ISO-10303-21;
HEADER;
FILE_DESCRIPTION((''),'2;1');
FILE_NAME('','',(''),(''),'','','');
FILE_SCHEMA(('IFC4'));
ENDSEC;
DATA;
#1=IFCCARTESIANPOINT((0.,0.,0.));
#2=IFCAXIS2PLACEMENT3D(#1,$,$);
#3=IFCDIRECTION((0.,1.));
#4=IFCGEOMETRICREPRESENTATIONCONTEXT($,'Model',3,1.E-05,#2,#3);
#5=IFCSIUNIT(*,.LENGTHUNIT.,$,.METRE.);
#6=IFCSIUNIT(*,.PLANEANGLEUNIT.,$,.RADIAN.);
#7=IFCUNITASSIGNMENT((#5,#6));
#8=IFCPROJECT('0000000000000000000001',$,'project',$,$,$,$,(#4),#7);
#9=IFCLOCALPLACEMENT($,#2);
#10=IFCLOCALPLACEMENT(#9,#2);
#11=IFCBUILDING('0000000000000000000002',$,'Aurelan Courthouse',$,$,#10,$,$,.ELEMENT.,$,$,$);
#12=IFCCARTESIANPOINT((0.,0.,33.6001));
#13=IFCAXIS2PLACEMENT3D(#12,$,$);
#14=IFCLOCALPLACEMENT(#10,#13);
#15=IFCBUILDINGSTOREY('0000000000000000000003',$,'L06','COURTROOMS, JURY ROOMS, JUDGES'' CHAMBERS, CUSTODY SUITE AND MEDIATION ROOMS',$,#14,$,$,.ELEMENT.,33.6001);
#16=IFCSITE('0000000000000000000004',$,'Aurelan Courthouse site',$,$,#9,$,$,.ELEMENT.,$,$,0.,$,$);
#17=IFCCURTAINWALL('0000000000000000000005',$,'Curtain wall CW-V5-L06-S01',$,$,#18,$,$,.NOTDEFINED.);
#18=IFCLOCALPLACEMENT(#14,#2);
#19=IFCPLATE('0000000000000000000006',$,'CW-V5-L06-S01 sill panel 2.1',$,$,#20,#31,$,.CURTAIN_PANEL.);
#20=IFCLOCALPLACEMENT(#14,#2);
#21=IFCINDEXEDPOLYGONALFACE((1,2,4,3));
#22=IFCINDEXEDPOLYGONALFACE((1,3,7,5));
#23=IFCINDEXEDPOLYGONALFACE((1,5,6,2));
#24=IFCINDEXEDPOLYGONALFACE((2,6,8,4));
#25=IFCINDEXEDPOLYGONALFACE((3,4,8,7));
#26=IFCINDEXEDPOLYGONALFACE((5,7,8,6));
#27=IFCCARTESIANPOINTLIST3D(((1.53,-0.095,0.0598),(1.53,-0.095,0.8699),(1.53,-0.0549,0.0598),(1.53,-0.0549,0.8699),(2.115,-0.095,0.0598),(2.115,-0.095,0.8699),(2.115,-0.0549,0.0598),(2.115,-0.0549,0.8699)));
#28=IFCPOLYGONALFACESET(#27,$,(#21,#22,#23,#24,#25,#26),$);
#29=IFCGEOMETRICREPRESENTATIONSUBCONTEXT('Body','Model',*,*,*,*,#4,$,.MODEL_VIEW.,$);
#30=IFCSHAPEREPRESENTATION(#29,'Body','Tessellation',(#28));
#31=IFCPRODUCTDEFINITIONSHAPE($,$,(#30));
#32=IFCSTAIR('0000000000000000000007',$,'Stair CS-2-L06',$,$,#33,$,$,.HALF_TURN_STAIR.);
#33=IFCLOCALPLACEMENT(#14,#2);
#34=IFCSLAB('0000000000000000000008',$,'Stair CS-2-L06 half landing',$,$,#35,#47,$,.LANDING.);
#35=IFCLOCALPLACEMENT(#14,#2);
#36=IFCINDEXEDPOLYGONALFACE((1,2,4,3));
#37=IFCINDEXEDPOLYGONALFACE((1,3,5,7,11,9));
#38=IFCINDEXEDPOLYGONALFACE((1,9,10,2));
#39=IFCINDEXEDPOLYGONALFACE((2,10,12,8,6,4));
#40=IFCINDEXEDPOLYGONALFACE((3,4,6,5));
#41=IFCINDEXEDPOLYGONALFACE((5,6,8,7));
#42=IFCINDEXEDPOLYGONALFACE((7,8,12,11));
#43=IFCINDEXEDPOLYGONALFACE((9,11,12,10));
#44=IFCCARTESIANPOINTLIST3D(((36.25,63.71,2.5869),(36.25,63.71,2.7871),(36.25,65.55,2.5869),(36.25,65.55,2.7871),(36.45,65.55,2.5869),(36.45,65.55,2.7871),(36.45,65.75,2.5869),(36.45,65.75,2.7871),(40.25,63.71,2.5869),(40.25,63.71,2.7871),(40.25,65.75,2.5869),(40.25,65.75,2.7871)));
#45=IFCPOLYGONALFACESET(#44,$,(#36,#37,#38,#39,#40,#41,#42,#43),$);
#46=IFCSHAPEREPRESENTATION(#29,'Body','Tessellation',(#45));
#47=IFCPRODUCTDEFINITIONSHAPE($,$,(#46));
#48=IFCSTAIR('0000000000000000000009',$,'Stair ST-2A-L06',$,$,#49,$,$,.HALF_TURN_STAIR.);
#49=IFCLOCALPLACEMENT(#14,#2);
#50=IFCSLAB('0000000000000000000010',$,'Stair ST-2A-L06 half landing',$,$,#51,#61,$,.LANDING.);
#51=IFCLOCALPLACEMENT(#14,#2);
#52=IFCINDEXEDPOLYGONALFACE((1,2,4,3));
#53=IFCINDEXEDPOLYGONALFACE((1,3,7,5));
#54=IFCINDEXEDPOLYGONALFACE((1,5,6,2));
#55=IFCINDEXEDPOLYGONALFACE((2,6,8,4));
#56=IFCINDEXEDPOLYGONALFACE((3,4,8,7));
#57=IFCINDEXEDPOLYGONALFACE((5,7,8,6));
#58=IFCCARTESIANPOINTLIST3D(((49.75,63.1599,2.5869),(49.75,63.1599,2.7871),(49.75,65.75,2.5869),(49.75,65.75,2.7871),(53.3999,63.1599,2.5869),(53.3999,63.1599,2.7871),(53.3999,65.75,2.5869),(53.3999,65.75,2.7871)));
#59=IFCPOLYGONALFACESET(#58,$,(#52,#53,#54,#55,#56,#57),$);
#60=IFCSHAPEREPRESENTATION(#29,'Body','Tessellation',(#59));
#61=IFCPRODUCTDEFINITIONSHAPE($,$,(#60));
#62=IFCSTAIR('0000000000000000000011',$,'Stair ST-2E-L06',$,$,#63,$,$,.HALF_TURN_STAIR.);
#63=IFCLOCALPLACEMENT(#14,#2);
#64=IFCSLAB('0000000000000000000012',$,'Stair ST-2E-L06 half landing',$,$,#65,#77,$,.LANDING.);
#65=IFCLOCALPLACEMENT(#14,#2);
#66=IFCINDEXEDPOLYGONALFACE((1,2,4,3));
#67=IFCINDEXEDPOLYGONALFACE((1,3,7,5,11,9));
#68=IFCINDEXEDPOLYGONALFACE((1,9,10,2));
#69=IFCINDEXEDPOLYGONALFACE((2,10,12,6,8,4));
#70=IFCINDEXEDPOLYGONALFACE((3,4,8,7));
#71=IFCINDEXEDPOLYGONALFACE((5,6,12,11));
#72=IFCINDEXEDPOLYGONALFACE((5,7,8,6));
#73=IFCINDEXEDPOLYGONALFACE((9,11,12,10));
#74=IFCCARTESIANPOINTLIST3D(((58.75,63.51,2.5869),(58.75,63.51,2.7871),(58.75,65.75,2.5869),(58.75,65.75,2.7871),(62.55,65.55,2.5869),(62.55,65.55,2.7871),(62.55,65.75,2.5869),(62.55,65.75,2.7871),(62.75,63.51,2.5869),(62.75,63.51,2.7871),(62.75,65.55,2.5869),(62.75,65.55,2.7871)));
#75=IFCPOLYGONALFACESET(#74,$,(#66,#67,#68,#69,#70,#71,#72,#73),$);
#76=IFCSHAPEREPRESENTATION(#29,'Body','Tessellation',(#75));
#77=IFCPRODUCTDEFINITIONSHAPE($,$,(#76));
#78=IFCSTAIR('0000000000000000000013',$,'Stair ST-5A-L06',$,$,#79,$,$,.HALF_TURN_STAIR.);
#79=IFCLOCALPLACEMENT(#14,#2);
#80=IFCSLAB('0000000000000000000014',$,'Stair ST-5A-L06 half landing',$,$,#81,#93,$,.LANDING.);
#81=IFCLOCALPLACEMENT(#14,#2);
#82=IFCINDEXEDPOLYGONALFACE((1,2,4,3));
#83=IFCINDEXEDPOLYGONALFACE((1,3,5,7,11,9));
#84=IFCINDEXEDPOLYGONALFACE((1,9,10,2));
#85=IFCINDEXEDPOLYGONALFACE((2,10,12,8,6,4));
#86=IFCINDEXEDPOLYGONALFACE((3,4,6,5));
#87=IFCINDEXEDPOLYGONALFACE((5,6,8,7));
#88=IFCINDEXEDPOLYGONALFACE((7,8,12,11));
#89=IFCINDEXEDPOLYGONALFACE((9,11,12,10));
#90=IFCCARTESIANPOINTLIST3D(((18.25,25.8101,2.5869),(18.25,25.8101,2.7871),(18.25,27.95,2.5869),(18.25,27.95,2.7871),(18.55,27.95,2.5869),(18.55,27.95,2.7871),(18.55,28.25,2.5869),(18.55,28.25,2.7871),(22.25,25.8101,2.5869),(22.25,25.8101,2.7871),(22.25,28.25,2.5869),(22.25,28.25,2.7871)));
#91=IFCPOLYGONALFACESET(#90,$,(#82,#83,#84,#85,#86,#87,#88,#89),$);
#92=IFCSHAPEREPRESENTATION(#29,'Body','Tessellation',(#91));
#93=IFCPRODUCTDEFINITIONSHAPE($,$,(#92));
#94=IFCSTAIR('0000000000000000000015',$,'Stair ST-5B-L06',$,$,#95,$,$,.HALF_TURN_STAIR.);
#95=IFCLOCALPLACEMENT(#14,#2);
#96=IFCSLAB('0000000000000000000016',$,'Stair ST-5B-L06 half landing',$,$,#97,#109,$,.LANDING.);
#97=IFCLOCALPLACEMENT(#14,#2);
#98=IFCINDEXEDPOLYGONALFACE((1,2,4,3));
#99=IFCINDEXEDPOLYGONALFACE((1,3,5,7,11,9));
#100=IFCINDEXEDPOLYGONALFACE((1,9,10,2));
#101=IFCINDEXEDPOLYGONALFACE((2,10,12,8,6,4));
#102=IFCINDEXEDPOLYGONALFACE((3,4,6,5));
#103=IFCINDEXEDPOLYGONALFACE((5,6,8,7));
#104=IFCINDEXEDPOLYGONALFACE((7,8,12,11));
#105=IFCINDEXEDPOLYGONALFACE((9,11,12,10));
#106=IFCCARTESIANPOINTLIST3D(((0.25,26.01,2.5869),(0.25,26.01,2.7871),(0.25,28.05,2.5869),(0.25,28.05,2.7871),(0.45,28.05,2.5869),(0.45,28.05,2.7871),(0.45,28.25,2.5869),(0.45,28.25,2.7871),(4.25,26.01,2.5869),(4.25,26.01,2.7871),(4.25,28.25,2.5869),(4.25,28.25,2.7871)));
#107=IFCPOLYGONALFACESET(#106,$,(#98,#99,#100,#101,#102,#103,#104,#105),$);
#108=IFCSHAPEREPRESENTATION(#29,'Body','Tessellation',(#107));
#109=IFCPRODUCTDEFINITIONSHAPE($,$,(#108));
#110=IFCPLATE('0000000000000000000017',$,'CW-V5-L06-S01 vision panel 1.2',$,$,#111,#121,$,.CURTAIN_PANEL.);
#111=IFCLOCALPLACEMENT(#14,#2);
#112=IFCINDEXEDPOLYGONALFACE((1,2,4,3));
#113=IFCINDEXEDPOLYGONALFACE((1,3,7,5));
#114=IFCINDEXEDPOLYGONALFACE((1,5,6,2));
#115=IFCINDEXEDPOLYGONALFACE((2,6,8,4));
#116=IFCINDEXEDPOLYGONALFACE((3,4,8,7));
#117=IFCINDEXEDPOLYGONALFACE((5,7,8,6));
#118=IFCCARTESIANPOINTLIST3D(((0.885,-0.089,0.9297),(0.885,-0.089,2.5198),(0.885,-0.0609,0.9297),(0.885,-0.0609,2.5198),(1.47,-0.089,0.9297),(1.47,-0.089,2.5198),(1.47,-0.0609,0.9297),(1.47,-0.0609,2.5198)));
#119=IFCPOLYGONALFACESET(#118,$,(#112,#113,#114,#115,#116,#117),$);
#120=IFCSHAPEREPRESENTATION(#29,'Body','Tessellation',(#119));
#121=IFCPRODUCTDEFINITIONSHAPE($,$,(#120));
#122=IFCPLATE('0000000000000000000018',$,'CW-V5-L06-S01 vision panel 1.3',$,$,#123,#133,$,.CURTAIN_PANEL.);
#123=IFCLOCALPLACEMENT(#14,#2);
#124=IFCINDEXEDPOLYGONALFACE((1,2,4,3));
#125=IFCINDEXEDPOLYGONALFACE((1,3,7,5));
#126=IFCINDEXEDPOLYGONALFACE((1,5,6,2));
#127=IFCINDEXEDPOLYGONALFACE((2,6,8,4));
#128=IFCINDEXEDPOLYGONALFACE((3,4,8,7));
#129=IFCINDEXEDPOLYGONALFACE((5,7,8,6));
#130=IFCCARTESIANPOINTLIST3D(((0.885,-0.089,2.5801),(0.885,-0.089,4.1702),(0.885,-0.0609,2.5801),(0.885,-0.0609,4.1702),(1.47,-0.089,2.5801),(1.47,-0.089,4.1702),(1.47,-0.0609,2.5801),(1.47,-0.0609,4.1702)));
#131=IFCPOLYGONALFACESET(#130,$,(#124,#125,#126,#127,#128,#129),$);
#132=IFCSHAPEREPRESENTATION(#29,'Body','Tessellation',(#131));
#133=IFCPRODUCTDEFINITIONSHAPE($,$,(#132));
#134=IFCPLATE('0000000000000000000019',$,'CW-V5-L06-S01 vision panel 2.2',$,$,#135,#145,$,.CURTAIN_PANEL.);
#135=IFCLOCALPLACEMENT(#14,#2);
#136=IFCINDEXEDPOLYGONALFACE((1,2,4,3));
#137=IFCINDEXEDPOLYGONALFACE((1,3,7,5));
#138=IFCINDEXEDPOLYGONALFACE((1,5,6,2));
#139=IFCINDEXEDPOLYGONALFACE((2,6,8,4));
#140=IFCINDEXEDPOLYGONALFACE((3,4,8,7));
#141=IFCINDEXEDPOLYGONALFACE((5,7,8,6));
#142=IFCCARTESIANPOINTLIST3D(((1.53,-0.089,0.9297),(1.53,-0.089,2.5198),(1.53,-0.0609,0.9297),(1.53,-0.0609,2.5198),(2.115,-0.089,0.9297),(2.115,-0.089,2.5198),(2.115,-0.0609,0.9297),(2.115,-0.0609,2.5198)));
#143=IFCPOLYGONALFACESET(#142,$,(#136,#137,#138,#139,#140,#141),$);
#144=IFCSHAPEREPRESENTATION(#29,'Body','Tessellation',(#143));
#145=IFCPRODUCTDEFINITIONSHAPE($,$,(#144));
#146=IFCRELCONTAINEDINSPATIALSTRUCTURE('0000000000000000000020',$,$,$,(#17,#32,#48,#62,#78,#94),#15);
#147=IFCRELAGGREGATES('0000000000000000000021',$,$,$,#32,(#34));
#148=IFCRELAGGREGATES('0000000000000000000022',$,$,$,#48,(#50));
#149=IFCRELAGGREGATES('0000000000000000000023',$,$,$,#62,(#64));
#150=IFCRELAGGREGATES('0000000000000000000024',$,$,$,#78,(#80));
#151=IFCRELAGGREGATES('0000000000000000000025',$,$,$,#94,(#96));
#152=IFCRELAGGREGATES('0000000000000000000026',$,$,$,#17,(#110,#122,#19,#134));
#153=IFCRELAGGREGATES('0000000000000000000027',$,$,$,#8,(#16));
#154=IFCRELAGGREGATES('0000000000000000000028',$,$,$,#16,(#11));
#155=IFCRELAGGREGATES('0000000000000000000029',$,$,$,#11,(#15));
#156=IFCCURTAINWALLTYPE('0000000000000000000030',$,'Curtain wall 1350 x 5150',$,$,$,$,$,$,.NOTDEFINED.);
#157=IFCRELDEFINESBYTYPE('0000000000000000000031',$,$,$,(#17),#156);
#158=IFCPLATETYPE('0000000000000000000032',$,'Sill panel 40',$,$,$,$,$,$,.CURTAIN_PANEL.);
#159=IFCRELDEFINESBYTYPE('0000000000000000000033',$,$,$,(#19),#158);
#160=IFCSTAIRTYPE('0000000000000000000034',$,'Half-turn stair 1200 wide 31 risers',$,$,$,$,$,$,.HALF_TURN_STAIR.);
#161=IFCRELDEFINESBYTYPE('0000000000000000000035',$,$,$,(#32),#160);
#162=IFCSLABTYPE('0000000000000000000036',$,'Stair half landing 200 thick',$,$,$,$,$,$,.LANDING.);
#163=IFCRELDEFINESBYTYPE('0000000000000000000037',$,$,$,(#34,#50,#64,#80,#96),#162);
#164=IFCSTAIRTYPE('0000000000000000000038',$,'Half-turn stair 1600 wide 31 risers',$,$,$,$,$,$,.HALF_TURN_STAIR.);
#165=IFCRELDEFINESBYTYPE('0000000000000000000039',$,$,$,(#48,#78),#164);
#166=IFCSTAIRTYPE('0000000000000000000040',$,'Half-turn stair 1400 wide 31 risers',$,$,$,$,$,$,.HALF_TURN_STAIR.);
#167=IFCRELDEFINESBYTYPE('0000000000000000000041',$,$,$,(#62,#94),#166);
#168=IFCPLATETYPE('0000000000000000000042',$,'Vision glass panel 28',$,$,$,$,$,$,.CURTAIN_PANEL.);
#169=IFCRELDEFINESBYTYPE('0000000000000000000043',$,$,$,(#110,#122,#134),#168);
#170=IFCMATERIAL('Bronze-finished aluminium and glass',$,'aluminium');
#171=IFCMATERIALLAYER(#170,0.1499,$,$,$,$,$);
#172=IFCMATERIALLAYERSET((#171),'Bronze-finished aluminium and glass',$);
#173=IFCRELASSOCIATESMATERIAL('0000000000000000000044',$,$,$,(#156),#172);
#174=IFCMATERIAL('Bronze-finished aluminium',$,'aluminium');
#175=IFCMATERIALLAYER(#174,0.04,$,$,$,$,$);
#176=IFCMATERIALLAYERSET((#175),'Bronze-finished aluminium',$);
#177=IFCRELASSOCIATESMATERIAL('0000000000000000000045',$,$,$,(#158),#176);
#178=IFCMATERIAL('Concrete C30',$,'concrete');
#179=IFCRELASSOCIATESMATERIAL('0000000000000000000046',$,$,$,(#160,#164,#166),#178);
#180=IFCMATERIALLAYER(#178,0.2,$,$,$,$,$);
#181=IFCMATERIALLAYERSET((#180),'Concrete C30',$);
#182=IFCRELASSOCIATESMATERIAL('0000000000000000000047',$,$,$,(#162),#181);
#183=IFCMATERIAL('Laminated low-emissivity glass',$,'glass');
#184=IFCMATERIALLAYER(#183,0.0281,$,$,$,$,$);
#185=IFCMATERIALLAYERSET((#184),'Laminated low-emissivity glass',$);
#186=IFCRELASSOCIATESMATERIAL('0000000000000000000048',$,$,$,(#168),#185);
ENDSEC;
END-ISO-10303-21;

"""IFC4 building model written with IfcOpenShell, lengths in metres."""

from ifc_helpers import new_model, si_unit, direction, frame, origin, origin_2d, place, context, subcontext, project, spatial, polyline, rectangle, outline, extrude, material, layer, layer_set, type_object, element, aggregate, save


model = new_model("IFC4")

# Units and contexts
model_context = context("Model", 3, precision=1e-05, world=origin(), true_north=direction((0.0, 1.0)))
body_context = subcontext(model_context, "Body", "Model", "MODEL_VIEW")
ifc_project = project(units=[si_unit("LENGTHUNIT", "METRE"), si_unit("PLANEANGLEUNIT", "RADIAN")], contexts=[model_context])

# Site, building, storey
site_placement = place(None, origin())
site = spatial("IfcSite", under=ifc_project, at=site_placement, Name="Aurelan Courthouse site", CompositionType="ELEMENT", RefElevation=0.0)
building_placement = place(site_placement, origin())
building = spatial("IfcBuilding", under=site, at=building_placement, Name="Aurelan Courthouse", CompositionType="ELEMENT")
storey_placement = place(building_placement, frame((0.0, 0.0, 33.6001)))
storey = spatial("IfcBuildingStorey", under=building, at=storey_placement, Name="L06", Description="COURTROOMS, JURY ROOMS, JUDGES' CHAMBERS, CUSTODY SUITE AND MEDIATION ROOMS", CompositionType="ELEMENT", Elevation=33.6001)

# Curtain wall
ifc_material_1 = material(Name="Bronze-finished aluminium and glass", Category="aluminium")
ifc_layer_1 = layer(ifc_material_1, 0.1499)
ifc_layer_set_1 = layer_set([ifc_layer_1], Name="Bronze-finished aluminium and glass")
curtain_wall_type = type_object("IfcCurtainWallType", Name="Curtain wall 1350 x 5150", PredefinedType="NOTDEFINED", material=ifc_layer_set_1)
curtain_wall_1_placement = place(storey_placement, origin())
curtain_wall_1 = element("IfcCurtainWall", 1, at=curtain_wall_1_placement, inside=storey, type_object=curtain_wall_type, Name="Curtain wall CW-V5-L06-S01", PredefinedType="NOTDEFINED")
ifc_material_2 = material(Name="Bronze-finished aluminium", Category="aluminium")

# Plate
ifc_layer_2 = layer(ifc_material_2, 0.04)
ifc_layer_set_2 = layer_set([ifc_layer_2], Name="Bronze-finished aluminium")
plate_type_1 = type_object("IfcPlateType", Name="Sill panel 40", PredefinedType="CURTAIN_PANEL", material=ifc_layer_set_2)
plate_1_placement = place(storey_placement, frame((1.8225, -0.075, 0.0598), z_axis=(0.0, 0.0, 1.0), x_axis=(1.0, 0.0, 0.0)))
plate_1 = element("IfcPlate", 2, at=plate_1_placement, type_object=plate_type_1, Name="CW-V5-L06-S01 sill panel 2.1", PredefinedType="CURTAIN_PANEL", context=body_context, shape_type="SweptSolid", body=[
    extrude(rectangle(XDim=0.585, YDim=0.04, at=origin_2d()), origin(), (0.0, 0.0, 1.0), 0.8101),
])

# Stairs, slabs
ifc_material_3 = material(Name="Concrete C30", Category="concrete")
stair_type_1 = type_object("IfcStairType", Name="Half-turn stair 1200 wide 31 risers", PredefinedType="HALF_TURN_STAIR", material=ifc_material_3)
stair_1_placement = place(storey_placement, origin())
stair_1 = element("IfcStair", 3, at=stair_1_placement, inside=storey, type_object=stair_type_1, Name="Stair CS-2-L06", PredefinedType="HALF_TURN_STAIR")
ifc_layer_3 = layer(ifc_material_3, 0.2)
ifc_layer_set_3 = layer_set([ifc_layer_3], Name="Concrete C30")
slab_type = type_object("IfcSlabType", Name="Stair half landing 200 thick", PredefinedType="LANDING", material=ifc_layer_set_3)
slab_1_placement = place(storey_placement, frame((0.0, 0.0, 2.5869)))
slab_1 = element("IfcSlab", 4, at=slab_1_placement, type_object=slab_type, Name="Stair CS-2-L06 half landing", PredefinedType="LANDING", context=body_context, shape_type="SweptSolid", body=[
    extrude(outline(polyline([(36.25, 65.55), (36.45, 65.55), (36.45, 65.75), (40.25, 65.75), (40.25, 63.71), (36.25, 63.71), (36.25, 65.55)])), origin(), (0.0, 0.0, 1.0), 0.2002),
])
aggregate(stair_1, [slab_1])
stair_type_2 = type_object("IfcStairType", Name="Half-turn stair 1600 wide 31 risers", PredefinedType="HALF_TURN_STAIR", material=ifc_material_3)
stair_2_placement = place(storey_placement, origin())
stair_2 = element("IfcStair", 5, at=stair_2_placement, inside=storey, type_object=stair_type_2, Name="Stair ST-2A-L06", PredefinedType="HALF_TURN_STAIR")
slab_2_placement = place(storey_placement, frame((0.0, 0.0, 2.5869)))
slab_2 = element("IfcSlab", 6, at=slab_2_placement, type_object=slab_type, Name="Stair ST-2A-L06 half landing", PredefinedType="LANDING", context=body_context, shape_type="SweptSolid", body=[
    extrude(outline(polyline([(49.75, 63.1599), (49.75, 65.75), (53.3999, 65.75), (53.3999, 63.1599), (49.75, 63.1599)])), origin(), (0.0, 0.0, 1.0), 0.2002),
])
aggregate(stair_2, [slab_2])
stair_type_3 = type_object("IfcStairType", Name="Half-turn stair 1400 wide 31 risers", PredefinedType="HALF_TURN_STAIR", material=ifc_material_3)
stair_3_placement = place(storey_placement, origin())
stair_3 = element("IfcStair", 7, at=stair_3_placement, inside=storey, type_object=stair_type_3, Name="Stair ST-2E-L06", PredefinedType="HALF_TURN_STAIR")
slab_3_placement = place(storey_placement, frame((0.0, 0.0, 2.5869)))
slab_3 = element("IfcSlab", 8, at=slab_3_placement, type_object=slab_type, Name="Stair ST-2E-L06 half landing", PredefinedType="LANDING", context=body_context, shape_type="SweptSolid", body=[
    extrude(outline(polyline([(58.75, 65.75), (62.55, 65.75), (62.55, 65.55), (62.75, 65.55), (62.75, 63.51), (58.75, 63.51), (58.75, 65.75)])), origin(), (0.0, 0.0, 1.0), 0.2002),
])
aggregate(stair_3, [slab_3])
stair_4_placement = place(storey_placement, origin())
stair_4 = element("IfcStair", 9, at=stair_4_placement, inside=storey, type_object=stair_type_2, Name="Stair ST-5A-L06", PredefinedType="HALF_TURN_STAIR")
slab_4_placement = place(storey_placement, frame((0.0, 0.0, 2.5869)))
slab_4 = element("IfcSlab", 10, at=slab_4_placement, type_object=slab_type, Name="Stair ST-5A-L06 half landing", PredefinedType="LANDING", context=body_context, shape_type="SweptSolid", body=[
    extrude(outline(polyline([(18.25, 27.95), (18.55, 27.95), (18.55, 28.25), (22.25, 28.25), (22.25, 25.8101), (18.25, 25.8101), (18.25, 27.95)])), origin(), (0.0, 0.0, 1.0), 0.2002),
])
aggregate(stair_4, [slab_4])
stair_5_placement = place(storey_placement, origin())
stair_5 = element("IfcStair", 11, at=stair_5_placement, inside=storey, type_object=stair_type_3, Name="Stair ST-5B-L06", PredefinedType="HALF_TURN_STAIR")
slab_5_placement = place(storey_placement, frame((0.0, 0.0, 2.5869)))
slab_5 = element("IfcSlab", 12, at=slab_5_placement, type_object=slab_type, Name="Stair ST-5B-L06 half landing", PredefinedType="LANDING", context=body_context, shape_type="SweptSolid", body=[
    extrude(outline(polyline([(4.25, 28.25), (4.25, 26.01), (0.25, 26.01), (0.25, 28.05), (0.45, 28.05), (0.45, 28.25), (4.25, 28.25)])), origin(), (0.0, 0.0, 1.0), 0.2002),
])
aggregate(stair_5, [slab_5])

# Plates
ifc_material_4 = material(Name="Laminated low-emissivity glass", Category="glass")
ifc_layer_4 = layer(ifc_material_4, 0.0281)
ifc_layer_set_4 = layer_set([ifc_layer_4], Name="Laminated low-emissivity glass")
plate_type_2 = type_object("IfcPlateType", Name="Vision glass panel 28", PredefinedType="CURTAIN_PANEL", material=ifc_layer_set_4)
plate_2_placement = place(storey_placement, frame((1.1775, -0.075, 0.9297), z_axis=(0.0, 0.0, 1.0), x_axis=(1.0, 0.0, 0.0)))
plate_2 = element("IfcPlate", 13, at=plate_2_placement, type_object=plate_type_2, Name="CW-V5-L06-S01 vision panel 1.2", PredefinedType="CURTAIN_PANEL", context=body_context, shape_type="SweptSolid", body=[
    extrude(rectangle(XDim=0.585, YDim=0.0281, at=origin_2d()), origin(), (0.0, 0.0, 1.0), 1.5901),
])
plate_3_placement = place(storey_placement, frame((1.1775, -0.075, 2.5801), z_axis=(0.0, 0.0, 1.0), x_axis=(1.0, 0.0, 0.0)))
plate_3 = element("IfcPlate", 14, at=plate_3_placement, type_object=plate_type_2, Name="CW-V5-L06-S01 vision panel 1.3", PredefinedType="CURTAIN_PANEL", context=body_context, shape_type="SweptSolid", body=[
    extrude(rectangle(XDim=0.585, YDim=0.0281, at=origin_2d()), origin(), (0.0, 0.0, 1.0), 1.5901),
])
plate_4_placement = place(storey_placement, frame((1.8225, -0.075, 0.9297), z_axis=(0.0, 0.0, 1.0), x_axis=(1.0, 0.0, 0.0)))
plate_4 = element("IfcPlate", 15, at=plate_4_placement, type_object=plate_type_2, Name="CW-V5-L06-S01 vision panel 2.2", PredefinedType="CURTAIN_PANEL", context=body_context, shape_type="SweptSolid", body=[
    extrude(rectangle(XDim=0.585, YDim=0.0281, at=origin_2d()), origin(), (0.0, 0.0, 1.0), 1.5901),
])
aggregate(curtain_wall_1, [plate_2, plate_3, plate_1, plate_4])

save(model, "model.ifc")
